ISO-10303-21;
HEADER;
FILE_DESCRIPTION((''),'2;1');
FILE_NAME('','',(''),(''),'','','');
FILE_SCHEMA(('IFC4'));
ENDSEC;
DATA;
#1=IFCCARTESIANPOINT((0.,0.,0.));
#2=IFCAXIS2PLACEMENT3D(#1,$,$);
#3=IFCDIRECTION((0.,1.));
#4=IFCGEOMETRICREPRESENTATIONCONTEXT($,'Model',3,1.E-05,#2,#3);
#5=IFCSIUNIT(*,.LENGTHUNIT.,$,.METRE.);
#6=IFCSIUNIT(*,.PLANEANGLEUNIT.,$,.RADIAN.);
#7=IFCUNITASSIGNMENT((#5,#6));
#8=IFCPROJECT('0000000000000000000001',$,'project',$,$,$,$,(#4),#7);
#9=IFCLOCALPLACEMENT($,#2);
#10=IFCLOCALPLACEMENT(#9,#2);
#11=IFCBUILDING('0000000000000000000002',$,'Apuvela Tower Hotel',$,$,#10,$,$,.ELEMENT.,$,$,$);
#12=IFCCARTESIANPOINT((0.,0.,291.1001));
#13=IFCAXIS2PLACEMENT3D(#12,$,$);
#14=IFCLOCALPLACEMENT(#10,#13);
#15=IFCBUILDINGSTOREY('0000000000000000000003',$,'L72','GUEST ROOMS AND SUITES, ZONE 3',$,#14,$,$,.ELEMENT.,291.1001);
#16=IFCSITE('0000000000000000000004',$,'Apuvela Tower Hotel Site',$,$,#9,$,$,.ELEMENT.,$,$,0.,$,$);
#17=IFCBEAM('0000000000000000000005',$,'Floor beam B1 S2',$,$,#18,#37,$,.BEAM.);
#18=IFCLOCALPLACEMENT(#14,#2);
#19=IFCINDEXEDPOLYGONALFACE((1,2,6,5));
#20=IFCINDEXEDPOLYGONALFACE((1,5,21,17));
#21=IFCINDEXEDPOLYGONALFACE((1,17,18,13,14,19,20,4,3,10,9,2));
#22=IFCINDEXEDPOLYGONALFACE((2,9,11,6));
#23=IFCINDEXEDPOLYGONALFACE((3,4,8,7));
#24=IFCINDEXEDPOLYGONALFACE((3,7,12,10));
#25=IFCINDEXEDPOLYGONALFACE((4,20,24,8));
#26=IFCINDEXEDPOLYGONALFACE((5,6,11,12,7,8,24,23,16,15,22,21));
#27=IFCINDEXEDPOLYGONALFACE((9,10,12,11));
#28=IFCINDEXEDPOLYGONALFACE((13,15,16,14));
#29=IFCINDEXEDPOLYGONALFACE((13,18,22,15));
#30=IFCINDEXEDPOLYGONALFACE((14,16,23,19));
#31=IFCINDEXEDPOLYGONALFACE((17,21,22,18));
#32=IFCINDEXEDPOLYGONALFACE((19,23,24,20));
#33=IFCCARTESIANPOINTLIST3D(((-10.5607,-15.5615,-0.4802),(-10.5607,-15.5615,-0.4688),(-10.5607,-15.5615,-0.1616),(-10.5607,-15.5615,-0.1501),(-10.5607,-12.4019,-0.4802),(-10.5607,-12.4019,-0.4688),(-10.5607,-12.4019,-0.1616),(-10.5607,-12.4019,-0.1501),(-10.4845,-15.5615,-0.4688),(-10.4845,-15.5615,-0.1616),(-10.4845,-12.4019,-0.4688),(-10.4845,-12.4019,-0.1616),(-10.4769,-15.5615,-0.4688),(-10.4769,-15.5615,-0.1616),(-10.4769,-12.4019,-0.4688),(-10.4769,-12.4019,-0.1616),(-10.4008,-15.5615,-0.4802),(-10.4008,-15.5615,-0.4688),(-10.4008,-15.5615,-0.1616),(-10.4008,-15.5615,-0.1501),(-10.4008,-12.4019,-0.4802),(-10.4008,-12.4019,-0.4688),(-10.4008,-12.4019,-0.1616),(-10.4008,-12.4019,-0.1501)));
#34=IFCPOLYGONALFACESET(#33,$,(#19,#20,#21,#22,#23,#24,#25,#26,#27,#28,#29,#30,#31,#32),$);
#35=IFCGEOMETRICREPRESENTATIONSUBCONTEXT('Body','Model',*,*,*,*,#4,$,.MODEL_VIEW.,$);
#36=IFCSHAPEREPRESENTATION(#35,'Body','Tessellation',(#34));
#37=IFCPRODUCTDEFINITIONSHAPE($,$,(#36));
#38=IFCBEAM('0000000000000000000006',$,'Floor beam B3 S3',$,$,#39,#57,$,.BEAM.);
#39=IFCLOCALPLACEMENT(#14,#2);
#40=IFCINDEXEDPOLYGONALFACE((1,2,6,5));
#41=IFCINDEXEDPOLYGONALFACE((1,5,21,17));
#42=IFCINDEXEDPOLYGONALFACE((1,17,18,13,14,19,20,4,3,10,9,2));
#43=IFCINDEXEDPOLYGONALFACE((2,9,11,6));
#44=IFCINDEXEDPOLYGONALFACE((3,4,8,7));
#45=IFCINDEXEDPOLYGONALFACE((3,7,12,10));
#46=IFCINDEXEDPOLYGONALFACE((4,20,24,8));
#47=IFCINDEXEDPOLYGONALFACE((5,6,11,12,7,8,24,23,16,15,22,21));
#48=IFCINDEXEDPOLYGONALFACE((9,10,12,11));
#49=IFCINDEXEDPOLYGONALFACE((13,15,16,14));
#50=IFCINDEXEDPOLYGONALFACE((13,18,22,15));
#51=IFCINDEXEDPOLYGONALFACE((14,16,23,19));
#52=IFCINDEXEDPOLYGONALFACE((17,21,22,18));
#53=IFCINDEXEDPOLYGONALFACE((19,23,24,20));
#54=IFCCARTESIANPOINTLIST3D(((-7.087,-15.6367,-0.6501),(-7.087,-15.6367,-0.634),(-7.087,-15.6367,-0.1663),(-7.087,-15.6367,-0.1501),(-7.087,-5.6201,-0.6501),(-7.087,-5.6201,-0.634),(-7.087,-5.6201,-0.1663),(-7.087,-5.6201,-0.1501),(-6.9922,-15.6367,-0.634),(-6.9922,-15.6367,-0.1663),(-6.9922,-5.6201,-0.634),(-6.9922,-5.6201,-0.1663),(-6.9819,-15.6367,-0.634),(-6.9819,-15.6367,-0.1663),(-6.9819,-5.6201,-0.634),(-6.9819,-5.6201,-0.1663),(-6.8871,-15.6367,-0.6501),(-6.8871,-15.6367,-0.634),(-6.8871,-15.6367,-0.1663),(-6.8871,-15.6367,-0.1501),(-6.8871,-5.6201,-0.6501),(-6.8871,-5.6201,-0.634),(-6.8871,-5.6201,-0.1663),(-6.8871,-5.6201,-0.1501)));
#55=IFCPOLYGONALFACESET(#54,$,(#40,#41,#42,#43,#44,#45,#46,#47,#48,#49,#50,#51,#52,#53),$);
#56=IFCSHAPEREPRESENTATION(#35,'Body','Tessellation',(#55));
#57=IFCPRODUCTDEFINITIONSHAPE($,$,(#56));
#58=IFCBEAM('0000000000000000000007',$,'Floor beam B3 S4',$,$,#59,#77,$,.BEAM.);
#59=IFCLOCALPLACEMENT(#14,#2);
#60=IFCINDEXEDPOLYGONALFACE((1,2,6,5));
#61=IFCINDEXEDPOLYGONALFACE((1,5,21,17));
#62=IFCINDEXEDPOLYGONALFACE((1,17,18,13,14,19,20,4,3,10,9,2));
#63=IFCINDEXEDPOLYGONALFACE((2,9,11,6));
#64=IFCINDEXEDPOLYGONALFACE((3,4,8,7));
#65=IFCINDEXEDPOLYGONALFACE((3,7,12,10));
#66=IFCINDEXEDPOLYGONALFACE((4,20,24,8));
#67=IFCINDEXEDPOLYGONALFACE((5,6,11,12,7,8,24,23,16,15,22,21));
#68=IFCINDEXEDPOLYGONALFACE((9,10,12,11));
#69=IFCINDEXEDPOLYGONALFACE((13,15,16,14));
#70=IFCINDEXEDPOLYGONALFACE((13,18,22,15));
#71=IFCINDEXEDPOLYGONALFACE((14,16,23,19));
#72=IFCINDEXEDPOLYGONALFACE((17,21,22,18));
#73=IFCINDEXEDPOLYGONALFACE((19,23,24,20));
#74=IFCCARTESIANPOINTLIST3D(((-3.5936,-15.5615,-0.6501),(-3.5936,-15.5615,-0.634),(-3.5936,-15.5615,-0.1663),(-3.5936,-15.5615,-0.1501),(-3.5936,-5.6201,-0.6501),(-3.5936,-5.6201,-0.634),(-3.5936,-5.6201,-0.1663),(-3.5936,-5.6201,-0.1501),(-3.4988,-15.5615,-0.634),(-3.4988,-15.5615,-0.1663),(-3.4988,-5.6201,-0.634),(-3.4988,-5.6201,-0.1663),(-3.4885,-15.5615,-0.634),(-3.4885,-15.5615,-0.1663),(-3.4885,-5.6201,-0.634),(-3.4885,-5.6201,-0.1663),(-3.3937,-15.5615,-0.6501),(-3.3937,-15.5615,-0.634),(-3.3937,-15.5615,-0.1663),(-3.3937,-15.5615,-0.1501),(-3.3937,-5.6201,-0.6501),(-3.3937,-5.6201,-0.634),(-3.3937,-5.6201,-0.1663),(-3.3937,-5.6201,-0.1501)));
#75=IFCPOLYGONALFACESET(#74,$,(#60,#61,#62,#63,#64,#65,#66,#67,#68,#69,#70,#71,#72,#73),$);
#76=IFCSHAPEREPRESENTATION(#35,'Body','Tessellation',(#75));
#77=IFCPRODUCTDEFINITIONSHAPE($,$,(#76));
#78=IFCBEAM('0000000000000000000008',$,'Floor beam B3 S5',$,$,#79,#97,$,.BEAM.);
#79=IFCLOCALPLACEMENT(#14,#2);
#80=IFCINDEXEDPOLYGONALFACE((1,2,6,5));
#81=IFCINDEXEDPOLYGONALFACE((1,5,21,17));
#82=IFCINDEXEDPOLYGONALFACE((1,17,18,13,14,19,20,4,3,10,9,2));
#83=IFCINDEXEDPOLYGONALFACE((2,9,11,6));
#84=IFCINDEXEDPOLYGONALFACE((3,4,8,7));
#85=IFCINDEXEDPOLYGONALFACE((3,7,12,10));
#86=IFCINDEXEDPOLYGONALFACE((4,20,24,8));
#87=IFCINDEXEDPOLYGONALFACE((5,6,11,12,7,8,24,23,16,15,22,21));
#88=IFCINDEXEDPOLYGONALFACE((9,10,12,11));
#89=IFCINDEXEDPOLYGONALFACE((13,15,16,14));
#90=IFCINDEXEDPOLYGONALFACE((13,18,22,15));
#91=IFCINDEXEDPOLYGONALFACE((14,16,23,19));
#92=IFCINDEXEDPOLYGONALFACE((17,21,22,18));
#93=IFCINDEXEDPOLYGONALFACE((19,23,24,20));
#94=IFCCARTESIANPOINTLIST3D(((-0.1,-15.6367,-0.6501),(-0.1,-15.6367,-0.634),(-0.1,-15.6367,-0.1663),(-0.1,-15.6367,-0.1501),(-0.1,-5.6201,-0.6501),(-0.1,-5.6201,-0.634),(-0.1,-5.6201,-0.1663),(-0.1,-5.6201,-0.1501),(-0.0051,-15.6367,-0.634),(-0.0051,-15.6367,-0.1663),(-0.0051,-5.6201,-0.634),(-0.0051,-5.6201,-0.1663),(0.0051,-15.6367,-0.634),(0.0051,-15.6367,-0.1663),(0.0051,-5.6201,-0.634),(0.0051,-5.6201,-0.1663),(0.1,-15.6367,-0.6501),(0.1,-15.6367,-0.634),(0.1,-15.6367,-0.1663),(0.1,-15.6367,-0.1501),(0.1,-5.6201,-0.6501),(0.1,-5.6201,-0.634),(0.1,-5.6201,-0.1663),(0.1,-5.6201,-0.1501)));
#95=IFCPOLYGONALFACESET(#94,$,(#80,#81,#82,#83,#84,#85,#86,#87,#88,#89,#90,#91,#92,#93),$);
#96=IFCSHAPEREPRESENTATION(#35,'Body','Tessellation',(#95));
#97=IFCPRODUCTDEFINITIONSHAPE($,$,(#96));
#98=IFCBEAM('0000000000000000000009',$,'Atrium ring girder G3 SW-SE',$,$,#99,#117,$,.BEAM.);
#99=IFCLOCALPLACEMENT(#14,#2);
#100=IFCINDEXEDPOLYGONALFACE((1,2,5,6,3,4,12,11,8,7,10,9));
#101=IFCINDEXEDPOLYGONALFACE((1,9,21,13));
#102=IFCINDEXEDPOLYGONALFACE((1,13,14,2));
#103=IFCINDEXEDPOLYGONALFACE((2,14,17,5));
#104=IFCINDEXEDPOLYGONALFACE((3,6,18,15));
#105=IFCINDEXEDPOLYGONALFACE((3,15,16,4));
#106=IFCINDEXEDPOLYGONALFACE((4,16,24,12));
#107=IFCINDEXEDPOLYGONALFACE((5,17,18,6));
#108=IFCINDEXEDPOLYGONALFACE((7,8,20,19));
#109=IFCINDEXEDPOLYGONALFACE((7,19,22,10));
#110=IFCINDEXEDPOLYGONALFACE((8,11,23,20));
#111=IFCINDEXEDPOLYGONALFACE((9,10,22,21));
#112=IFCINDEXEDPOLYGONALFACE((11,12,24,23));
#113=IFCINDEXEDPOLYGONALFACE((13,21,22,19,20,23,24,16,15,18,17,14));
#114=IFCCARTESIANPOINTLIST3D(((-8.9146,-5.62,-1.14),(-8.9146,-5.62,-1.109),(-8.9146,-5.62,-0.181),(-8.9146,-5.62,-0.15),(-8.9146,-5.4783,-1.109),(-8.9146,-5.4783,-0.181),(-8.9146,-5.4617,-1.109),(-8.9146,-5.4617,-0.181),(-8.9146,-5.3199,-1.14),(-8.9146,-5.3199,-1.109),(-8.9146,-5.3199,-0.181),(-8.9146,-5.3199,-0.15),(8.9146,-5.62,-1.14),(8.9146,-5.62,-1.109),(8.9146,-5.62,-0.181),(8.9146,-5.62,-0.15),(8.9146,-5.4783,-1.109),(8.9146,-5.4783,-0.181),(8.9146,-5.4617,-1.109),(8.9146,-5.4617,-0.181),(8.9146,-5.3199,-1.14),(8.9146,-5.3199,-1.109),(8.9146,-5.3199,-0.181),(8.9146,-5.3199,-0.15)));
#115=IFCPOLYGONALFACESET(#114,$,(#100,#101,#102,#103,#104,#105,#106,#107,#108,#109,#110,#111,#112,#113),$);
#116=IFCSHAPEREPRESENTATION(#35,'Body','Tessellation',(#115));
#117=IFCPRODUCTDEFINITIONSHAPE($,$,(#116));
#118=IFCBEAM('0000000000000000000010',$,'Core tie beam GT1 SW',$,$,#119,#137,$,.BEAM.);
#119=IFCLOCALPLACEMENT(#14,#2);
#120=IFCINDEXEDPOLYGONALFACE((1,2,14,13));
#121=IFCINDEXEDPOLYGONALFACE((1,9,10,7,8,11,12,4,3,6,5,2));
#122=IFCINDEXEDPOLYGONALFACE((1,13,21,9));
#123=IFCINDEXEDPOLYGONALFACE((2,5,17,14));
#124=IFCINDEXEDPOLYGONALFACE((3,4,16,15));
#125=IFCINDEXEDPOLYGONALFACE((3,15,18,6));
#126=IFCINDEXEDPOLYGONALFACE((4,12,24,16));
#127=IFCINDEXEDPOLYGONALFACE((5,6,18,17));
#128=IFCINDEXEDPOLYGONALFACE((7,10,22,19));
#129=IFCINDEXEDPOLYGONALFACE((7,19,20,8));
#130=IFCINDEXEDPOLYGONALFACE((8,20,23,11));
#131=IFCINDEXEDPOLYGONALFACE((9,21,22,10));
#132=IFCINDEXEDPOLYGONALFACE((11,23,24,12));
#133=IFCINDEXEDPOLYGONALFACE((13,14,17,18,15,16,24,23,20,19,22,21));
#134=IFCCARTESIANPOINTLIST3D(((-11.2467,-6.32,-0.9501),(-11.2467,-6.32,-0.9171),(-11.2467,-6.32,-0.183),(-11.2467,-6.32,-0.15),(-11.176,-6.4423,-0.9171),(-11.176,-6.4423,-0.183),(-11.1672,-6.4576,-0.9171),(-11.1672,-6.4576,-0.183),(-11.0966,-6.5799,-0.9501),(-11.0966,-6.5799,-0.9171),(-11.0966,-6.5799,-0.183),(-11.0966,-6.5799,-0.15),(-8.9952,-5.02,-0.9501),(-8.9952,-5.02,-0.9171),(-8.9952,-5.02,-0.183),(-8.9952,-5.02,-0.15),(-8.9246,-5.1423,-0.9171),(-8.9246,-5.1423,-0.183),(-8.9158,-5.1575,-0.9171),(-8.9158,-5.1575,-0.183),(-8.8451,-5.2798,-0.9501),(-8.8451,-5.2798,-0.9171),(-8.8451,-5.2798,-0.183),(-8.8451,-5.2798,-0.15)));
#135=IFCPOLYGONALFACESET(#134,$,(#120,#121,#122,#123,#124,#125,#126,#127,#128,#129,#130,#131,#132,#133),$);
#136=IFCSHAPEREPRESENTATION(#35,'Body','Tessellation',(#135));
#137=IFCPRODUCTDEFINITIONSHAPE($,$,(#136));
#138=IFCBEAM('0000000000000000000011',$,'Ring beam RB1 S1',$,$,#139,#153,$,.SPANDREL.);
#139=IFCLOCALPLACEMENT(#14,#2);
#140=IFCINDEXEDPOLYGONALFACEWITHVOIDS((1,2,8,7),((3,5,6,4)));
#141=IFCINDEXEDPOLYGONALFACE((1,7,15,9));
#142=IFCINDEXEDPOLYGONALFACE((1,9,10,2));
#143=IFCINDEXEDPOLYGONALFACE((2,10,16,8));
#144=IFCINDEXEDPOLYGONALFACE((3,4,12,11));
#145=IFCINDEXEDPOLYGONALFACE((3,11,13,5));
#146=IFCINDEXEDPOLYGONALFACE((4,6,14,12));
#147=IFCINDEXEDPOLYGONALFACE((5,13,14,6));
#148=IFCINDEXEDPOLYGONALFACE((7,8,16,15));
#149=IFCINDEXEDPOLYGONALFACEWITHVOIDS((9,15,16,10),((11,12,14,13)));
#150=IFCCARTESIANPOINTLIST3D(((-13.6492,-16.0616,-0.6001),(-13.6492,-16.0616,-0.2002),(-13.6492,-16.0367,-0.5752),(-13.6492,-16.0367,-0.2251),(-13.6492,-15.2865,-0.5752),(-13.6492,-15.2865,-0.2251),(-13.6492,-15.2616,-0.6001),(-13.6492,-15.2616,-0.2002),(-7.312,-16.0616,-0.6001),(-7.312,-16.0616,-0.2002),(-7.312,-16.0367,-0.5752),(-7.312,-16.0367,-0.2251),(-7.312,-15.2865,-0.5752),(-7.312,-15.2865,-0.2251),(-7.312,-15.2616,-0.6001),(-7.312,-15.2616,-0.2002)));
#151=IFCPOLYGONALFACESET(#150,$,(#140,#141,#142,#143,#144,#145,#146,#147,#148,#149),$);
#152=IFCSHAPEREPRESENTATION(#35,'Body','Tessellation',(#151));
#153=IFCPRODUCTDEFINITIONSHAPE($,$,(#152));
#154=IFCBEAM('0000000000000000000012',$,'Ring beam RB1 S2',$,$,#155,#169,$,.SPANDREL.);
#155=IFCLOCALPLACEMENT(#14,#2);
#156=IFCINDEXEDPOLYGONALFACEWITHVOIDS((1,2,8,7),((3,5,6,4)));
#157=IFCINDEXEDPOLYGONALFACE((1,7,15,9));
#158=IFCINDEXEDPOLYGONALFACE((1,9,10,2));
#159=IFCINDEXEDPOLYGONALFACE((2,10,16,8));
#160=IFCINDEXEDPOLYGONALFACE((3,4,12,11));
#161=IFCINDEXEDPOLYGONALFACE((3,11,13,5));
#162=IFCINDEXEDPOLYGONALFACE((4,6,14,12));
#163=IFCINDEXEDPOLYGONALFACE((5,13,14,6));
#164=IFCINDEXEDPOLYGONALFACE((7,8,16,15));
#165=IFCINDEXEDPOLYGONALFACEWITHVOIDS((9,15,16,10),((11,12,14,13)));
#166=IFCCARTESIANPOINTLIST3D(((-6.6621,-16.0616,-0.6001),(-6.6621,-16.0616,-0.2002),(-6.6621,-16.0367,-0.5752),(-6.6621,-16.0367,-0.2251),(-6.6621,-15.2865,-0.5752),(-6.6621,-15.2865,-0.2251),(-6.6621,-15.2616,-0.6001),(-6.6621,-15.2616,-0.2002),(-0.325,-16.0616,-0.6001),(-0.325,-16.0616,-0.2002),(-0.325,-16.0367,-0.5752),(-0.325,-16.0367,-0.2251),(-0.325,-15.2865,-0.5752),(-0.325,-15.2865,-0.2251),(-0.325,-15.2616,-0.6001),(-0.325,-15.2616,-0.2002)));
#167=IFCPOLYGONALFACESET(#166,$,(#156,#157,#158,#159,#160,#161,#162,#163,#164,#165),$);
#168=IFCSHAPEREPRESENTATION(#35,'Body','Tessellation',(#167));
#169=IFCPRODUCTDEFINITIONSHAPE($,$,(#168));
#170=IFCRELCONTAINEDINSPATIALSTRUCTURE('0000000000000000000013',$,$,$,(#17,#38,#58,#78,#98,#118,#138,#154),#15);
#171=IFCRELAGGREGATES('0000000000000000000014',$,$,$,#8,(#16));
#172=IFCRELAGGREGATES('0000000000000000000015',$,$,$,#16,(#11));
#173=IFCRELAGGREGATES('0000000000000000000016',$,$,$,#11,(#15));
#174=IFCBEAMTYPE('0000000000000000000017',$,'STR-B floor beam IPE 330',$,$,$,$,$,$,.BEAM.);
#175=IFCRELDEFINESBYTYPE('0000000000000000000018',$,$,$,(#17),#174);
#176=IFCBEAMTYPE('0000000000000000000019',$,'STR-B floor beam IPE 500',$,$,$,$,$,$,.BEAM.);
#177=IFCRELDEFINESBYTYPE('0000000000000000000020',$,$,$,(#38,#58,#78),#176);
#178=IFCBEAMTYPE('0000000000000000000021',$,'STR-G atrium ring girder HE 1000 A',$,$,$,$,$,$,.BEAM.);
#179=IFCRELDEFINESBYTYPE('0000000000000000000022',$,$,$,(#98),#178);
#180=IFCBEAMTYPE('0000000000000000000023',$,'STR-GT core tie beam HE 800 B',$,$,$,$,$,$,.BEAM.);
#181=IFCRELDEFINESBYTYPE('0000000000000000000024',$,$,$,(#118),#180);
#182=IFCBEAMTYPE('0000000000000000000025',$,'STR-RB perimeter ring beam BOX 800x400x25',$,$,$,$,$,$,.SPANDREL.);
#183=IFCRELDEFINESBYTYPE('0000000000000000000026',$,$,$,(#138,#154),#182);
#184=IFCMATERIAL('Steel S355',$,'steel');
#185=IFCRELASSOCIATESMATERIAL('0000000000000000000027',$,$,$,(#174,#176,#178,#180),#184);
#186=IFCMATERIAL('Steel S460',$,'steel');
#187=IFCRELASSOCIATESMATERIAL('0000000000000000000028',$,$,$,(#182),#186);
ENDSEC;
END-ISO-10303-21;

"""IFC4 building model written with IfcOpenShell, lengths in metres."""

from ifc_helpers import new_model, si_unit, direction, frame, origin, origin_2d, place, context, subcontext, project, spatial, hollow_rectangle, i_section, extrude, material, material_profile, profile_set, type_object, element, save


model = new_model("IFC4")

# Units and contexts
model_context = context("Model", 3, precision=1e-05, world=origin(), true_north=direction((0.0, 1.0)))
body_context = subcontext(model_context, "Body", "Model", "MODEL_VIEW")
ifc_project = project(units=[si_unit("LENGTHUNIT", "METRE"), si_unit("PLANEANGLEUNIT", "RADIAN")], contexts=[model_context])

# Site, building, storey
site_placement = place(None, origin())
site = spatial("IfcSite", under=ifc_project, at=site_placement, Name="Apuvela Tower Hotel Site", CompositionType="ELEMENT", RefElevation=0.0)
building_placement = place(site_placement, origin())
building = spatial("IfcBuilding", under=site, at=building_placement, Name="Apuvela Tower Hotel", CompositionType="ELEMENT")
storey_placement = place(building_placement, frame((0.0, 0.0, 291.1001)))
storey = spatial("IfcBuildingStorey", under=building, at=storey_placement, Name="L72", Description="GUEST ROOMS AND SUITES, ZONE 3", CompositionType="ELEMENT", Elevation=291.1001)

# Beams
ifc_material_1 = material(Name="Steel S355", Category="steel")
ifc_material_profile_1 = material_profile(ifc_material_1, i_section(OverallWidth=0.1599, OverallDepth=0.3301, WebThickness=0.0076, FlangeThickness=0.0115, at=origin_2d()), Name="IPE 330")
ifc_profile_set_1 = profile_set([ifc_material_profile_1], Name="Steel S355")
beam_type_1 = type_object("IfcBeamType", Name="STR-B floor beam IPE 330", PredefinedType="BEAM", material=ifc_profile_set_1)
beam_1_placement = place(storey_placement, frame((-10.4807, -15.5615, -0.3152), z_axis=(0.0, 1.0, 0.0), x_axis=(-1.0, 0.0, 0.0)))
element("IfcBeam", 1, at=beam_1_placement, inside=storey, type_object=beam_type_1, Name="Floor beam B1 S2", PredefinedType="BEAM", context=body_context, shape_type="SweptSolid", body=[
    extrude(i_section(OverallWidth=0.1599, OverallDepth=0.3301, WebThickness=0.0076, FlangeThickness=0.0115, at=origin_2d()), origin(), (0.0, 0.0, 1.0), 3.1597),
])
ifc_material_profile_2 = material_profile(ifc_material_1, i_section(OverallWidth=0.2, OverallDepth=0.5, WebThickness=0.0103, FlangeThickness=0.0161, at=origin_2d()), Name="IPE 500")
ifc_profile_set_2 = profile_set([ifc_material_profile_2], Name="Steel S355")
beam_type_2 = type_object("IfcBeamType", Name="STR-B floor beam IPE 500", PredefinedType="BEAM", material=ifc_profile_set_2)
beam_2_placement = place(storey_placement, frame((-6.9871, -15.6367, -0.4001), z_axis=(0.0, 1.0, 0.0), x_axis=(-1.0, 0.0, 0.0)))
element("IfcBeam", 2, at=beam_2_placement, inside=storey, type_object=beam_type_2, Name="Floor beam B3 S3", PredefinedType="BEAM", context=body_context, shape_type="SweptSolid", body=[
    extrude(i_section(OverallWidth=0.2, OverallDepth=0.5, WebThickness=0.0103, FlangeThickness=0.0161, at=origin_2d()), origin(), (0.0, 0.0, 1.0), 10.0166),
])
beam_3_placement = place(storey_placement, frame((-3.4937, -15.5615, -0.4001), z_axis=(0.0, 1.0, 0.0), x_axis=(-1.0, 0.0, 0.0)))
element("IfcBeam", 3, at=beam_3_placement, inside=storey, type_object=beam_type_2, Name="Floor beam B3 S4", PredefinedType="BEAM", context=body_context, shape_type="SweptSolid", body=[
    extrude(i_section(OverallWidth=0.2, OverallDepth=0.5, WebThickness=0.0103, FlangeThickness=0.0161, at=origin_2d()), origin(), (0.0, 0.0, 1.0), 9.9414),
])
beam_4_placement = place(storey_placement, frame((0.0, -15.6367, -0.4001), z_axis=(0.0, 1.0, 0.0), x_axis=(-1.0, 0.0, 0.0)))
element("IfcBeam", 4, at=beam_4_placement, inside=storey, type_object=beam_type_2, Name="Floor beam B3 S5", PredefinedType="BEAM", context=body_context, shape_type="SweptSolid", body=[
    extrude(i_section(OverallWidth=0.2, OverallDepth=0.5, WebThickness=0.0103, FlangeThickness=0.0161, at=origin_2d()), origin(), (0.0, 0.0, 1.0), 10.0166),
])
ifc_material_profile_3 = material_profile(ifc_material_1, i_section(OverallWidth=0.3, OverallDepth=0.99, WebThickness=0.0166, FlangeThickness=0.031, at=origin_2d()), Name="HE 1000 A")
ifc_profile_set_3 = profile_set([ifc_material_profile_3], Name="Steel S355")
beam_type_3 = type_object("IfcBeamType", Name="STR-G atrium ring girder HE 1000 A", PredefinedType="BEAM", material=ifc_profile_set_3)
beam_5_placement = place(storey_placement, frame((-8.9146, -5.47, -0.645), z_axis=(1.0, 0.0, 0.0), x_axis=(0.0, 1.0, 0.0)))
element("IfcBeam", 5, at=beam_5_placement, inside=storey, type_object=beam_type_3, Name="Atrium ring girder G3 SW-SE", PredefinedType="BEAM", context=body_context, shape_type="SweptSolid", body=[
    extrude(i_section(OverallWidth=0.3, OverallDepth=0.99, WebThickness=0.0166, FlangeThickness=0.031, at=origin_2d()), origin(), (0.0, 0.0, 1.0), 17.8291),
])
ifc_material_profile_4 = material_profile(ifc_material_1, i_section(OverallWidth=0.3, OverallDepth=0.8, WebThickness=0.0176, FlangeThickness=0.033, at=origin_2d()), Name="HE 800 B")
ifc_profile_set_4 = profile_set([ifc_material_profile_4], Name="Steel S355")
beam_type_4 = type_object("IfcBeamType", Name="STR-GT core tie beam HE 800 B", PredefinedType="BEAM", material=ifc_profile_set_4)
beam_6_placement = place(storey_placement, frame((-11.1716, -6.45, -0.55), z_axis=(0.865998, 0.500048, 0.0), x_axis=(-0.500048, 0.865998, 0.0)))
element("IfcBeam", 6, at=beam_6_placement, inside=storey, type_object=beam_type_4, Name="Core tie beam GT1 SW", PredefinedType="BEAM", context=body_context, shape_type="SweptSolid", body=[
    extrude(i_section(OverallWidth=0.3, OverallDepth=0.8, WebThickness=0.0176, FlangeThickness=0.033, at=origin_2d()), origin(), (0.0, 0.0, 1.0), 2.5999),
])
ifc_material_2 = material(Name="Steel S460", Category="steel")
ifc_material_profile_5 = material_profile(ifc_material_2, hollow_rectangle(XDim=0.8, YDim=0.3999, WallThickness=0.0249, at=origin_2d()), Name="BOX 800x400x25")
ifc_profile_set_5 = profile_set([ifc_material_profile_5], Name="Steel S460")
beam_type_5 = type_object("IfcBeamType", Name="STR-RB perimeter ring beam BOX 800x400x25", PredefinedType="SPANDREL", material=ifc_profile_set_5)
for number, where, z_axis, x_axis, name in (
    (7, (-13.6492, -15.6616, -0.4001), (1.0, 0.0, 0.0), (0.0, 1.0, 0.0), "Ring beam RB1 S1"),
    (8, (-6.6621, -15.6616, -0.4001), (1.0, 0.0, 0.0), (0.0, 1.0, 0.0), "Ring beam RB1 S2"),
):
    element("IfcBeam", number, at=place(storey_placement, frame(where, z_axis=z_axis, x_axis=x_axis)), inside=storey, type_object=beam_type_5, Name=name, PredefinedType="SPANDREL", context=body_context, shape_type="SweptSolid", body=[
        extrude(hollow_rectangle(XDim=0.8, YDim=0.3999, WallThickness=0.0249, at=origin_2d()), origin(), (0.0, 0.0, 1.0), 6.3372),
    ])

save(model, "model.ifc")
